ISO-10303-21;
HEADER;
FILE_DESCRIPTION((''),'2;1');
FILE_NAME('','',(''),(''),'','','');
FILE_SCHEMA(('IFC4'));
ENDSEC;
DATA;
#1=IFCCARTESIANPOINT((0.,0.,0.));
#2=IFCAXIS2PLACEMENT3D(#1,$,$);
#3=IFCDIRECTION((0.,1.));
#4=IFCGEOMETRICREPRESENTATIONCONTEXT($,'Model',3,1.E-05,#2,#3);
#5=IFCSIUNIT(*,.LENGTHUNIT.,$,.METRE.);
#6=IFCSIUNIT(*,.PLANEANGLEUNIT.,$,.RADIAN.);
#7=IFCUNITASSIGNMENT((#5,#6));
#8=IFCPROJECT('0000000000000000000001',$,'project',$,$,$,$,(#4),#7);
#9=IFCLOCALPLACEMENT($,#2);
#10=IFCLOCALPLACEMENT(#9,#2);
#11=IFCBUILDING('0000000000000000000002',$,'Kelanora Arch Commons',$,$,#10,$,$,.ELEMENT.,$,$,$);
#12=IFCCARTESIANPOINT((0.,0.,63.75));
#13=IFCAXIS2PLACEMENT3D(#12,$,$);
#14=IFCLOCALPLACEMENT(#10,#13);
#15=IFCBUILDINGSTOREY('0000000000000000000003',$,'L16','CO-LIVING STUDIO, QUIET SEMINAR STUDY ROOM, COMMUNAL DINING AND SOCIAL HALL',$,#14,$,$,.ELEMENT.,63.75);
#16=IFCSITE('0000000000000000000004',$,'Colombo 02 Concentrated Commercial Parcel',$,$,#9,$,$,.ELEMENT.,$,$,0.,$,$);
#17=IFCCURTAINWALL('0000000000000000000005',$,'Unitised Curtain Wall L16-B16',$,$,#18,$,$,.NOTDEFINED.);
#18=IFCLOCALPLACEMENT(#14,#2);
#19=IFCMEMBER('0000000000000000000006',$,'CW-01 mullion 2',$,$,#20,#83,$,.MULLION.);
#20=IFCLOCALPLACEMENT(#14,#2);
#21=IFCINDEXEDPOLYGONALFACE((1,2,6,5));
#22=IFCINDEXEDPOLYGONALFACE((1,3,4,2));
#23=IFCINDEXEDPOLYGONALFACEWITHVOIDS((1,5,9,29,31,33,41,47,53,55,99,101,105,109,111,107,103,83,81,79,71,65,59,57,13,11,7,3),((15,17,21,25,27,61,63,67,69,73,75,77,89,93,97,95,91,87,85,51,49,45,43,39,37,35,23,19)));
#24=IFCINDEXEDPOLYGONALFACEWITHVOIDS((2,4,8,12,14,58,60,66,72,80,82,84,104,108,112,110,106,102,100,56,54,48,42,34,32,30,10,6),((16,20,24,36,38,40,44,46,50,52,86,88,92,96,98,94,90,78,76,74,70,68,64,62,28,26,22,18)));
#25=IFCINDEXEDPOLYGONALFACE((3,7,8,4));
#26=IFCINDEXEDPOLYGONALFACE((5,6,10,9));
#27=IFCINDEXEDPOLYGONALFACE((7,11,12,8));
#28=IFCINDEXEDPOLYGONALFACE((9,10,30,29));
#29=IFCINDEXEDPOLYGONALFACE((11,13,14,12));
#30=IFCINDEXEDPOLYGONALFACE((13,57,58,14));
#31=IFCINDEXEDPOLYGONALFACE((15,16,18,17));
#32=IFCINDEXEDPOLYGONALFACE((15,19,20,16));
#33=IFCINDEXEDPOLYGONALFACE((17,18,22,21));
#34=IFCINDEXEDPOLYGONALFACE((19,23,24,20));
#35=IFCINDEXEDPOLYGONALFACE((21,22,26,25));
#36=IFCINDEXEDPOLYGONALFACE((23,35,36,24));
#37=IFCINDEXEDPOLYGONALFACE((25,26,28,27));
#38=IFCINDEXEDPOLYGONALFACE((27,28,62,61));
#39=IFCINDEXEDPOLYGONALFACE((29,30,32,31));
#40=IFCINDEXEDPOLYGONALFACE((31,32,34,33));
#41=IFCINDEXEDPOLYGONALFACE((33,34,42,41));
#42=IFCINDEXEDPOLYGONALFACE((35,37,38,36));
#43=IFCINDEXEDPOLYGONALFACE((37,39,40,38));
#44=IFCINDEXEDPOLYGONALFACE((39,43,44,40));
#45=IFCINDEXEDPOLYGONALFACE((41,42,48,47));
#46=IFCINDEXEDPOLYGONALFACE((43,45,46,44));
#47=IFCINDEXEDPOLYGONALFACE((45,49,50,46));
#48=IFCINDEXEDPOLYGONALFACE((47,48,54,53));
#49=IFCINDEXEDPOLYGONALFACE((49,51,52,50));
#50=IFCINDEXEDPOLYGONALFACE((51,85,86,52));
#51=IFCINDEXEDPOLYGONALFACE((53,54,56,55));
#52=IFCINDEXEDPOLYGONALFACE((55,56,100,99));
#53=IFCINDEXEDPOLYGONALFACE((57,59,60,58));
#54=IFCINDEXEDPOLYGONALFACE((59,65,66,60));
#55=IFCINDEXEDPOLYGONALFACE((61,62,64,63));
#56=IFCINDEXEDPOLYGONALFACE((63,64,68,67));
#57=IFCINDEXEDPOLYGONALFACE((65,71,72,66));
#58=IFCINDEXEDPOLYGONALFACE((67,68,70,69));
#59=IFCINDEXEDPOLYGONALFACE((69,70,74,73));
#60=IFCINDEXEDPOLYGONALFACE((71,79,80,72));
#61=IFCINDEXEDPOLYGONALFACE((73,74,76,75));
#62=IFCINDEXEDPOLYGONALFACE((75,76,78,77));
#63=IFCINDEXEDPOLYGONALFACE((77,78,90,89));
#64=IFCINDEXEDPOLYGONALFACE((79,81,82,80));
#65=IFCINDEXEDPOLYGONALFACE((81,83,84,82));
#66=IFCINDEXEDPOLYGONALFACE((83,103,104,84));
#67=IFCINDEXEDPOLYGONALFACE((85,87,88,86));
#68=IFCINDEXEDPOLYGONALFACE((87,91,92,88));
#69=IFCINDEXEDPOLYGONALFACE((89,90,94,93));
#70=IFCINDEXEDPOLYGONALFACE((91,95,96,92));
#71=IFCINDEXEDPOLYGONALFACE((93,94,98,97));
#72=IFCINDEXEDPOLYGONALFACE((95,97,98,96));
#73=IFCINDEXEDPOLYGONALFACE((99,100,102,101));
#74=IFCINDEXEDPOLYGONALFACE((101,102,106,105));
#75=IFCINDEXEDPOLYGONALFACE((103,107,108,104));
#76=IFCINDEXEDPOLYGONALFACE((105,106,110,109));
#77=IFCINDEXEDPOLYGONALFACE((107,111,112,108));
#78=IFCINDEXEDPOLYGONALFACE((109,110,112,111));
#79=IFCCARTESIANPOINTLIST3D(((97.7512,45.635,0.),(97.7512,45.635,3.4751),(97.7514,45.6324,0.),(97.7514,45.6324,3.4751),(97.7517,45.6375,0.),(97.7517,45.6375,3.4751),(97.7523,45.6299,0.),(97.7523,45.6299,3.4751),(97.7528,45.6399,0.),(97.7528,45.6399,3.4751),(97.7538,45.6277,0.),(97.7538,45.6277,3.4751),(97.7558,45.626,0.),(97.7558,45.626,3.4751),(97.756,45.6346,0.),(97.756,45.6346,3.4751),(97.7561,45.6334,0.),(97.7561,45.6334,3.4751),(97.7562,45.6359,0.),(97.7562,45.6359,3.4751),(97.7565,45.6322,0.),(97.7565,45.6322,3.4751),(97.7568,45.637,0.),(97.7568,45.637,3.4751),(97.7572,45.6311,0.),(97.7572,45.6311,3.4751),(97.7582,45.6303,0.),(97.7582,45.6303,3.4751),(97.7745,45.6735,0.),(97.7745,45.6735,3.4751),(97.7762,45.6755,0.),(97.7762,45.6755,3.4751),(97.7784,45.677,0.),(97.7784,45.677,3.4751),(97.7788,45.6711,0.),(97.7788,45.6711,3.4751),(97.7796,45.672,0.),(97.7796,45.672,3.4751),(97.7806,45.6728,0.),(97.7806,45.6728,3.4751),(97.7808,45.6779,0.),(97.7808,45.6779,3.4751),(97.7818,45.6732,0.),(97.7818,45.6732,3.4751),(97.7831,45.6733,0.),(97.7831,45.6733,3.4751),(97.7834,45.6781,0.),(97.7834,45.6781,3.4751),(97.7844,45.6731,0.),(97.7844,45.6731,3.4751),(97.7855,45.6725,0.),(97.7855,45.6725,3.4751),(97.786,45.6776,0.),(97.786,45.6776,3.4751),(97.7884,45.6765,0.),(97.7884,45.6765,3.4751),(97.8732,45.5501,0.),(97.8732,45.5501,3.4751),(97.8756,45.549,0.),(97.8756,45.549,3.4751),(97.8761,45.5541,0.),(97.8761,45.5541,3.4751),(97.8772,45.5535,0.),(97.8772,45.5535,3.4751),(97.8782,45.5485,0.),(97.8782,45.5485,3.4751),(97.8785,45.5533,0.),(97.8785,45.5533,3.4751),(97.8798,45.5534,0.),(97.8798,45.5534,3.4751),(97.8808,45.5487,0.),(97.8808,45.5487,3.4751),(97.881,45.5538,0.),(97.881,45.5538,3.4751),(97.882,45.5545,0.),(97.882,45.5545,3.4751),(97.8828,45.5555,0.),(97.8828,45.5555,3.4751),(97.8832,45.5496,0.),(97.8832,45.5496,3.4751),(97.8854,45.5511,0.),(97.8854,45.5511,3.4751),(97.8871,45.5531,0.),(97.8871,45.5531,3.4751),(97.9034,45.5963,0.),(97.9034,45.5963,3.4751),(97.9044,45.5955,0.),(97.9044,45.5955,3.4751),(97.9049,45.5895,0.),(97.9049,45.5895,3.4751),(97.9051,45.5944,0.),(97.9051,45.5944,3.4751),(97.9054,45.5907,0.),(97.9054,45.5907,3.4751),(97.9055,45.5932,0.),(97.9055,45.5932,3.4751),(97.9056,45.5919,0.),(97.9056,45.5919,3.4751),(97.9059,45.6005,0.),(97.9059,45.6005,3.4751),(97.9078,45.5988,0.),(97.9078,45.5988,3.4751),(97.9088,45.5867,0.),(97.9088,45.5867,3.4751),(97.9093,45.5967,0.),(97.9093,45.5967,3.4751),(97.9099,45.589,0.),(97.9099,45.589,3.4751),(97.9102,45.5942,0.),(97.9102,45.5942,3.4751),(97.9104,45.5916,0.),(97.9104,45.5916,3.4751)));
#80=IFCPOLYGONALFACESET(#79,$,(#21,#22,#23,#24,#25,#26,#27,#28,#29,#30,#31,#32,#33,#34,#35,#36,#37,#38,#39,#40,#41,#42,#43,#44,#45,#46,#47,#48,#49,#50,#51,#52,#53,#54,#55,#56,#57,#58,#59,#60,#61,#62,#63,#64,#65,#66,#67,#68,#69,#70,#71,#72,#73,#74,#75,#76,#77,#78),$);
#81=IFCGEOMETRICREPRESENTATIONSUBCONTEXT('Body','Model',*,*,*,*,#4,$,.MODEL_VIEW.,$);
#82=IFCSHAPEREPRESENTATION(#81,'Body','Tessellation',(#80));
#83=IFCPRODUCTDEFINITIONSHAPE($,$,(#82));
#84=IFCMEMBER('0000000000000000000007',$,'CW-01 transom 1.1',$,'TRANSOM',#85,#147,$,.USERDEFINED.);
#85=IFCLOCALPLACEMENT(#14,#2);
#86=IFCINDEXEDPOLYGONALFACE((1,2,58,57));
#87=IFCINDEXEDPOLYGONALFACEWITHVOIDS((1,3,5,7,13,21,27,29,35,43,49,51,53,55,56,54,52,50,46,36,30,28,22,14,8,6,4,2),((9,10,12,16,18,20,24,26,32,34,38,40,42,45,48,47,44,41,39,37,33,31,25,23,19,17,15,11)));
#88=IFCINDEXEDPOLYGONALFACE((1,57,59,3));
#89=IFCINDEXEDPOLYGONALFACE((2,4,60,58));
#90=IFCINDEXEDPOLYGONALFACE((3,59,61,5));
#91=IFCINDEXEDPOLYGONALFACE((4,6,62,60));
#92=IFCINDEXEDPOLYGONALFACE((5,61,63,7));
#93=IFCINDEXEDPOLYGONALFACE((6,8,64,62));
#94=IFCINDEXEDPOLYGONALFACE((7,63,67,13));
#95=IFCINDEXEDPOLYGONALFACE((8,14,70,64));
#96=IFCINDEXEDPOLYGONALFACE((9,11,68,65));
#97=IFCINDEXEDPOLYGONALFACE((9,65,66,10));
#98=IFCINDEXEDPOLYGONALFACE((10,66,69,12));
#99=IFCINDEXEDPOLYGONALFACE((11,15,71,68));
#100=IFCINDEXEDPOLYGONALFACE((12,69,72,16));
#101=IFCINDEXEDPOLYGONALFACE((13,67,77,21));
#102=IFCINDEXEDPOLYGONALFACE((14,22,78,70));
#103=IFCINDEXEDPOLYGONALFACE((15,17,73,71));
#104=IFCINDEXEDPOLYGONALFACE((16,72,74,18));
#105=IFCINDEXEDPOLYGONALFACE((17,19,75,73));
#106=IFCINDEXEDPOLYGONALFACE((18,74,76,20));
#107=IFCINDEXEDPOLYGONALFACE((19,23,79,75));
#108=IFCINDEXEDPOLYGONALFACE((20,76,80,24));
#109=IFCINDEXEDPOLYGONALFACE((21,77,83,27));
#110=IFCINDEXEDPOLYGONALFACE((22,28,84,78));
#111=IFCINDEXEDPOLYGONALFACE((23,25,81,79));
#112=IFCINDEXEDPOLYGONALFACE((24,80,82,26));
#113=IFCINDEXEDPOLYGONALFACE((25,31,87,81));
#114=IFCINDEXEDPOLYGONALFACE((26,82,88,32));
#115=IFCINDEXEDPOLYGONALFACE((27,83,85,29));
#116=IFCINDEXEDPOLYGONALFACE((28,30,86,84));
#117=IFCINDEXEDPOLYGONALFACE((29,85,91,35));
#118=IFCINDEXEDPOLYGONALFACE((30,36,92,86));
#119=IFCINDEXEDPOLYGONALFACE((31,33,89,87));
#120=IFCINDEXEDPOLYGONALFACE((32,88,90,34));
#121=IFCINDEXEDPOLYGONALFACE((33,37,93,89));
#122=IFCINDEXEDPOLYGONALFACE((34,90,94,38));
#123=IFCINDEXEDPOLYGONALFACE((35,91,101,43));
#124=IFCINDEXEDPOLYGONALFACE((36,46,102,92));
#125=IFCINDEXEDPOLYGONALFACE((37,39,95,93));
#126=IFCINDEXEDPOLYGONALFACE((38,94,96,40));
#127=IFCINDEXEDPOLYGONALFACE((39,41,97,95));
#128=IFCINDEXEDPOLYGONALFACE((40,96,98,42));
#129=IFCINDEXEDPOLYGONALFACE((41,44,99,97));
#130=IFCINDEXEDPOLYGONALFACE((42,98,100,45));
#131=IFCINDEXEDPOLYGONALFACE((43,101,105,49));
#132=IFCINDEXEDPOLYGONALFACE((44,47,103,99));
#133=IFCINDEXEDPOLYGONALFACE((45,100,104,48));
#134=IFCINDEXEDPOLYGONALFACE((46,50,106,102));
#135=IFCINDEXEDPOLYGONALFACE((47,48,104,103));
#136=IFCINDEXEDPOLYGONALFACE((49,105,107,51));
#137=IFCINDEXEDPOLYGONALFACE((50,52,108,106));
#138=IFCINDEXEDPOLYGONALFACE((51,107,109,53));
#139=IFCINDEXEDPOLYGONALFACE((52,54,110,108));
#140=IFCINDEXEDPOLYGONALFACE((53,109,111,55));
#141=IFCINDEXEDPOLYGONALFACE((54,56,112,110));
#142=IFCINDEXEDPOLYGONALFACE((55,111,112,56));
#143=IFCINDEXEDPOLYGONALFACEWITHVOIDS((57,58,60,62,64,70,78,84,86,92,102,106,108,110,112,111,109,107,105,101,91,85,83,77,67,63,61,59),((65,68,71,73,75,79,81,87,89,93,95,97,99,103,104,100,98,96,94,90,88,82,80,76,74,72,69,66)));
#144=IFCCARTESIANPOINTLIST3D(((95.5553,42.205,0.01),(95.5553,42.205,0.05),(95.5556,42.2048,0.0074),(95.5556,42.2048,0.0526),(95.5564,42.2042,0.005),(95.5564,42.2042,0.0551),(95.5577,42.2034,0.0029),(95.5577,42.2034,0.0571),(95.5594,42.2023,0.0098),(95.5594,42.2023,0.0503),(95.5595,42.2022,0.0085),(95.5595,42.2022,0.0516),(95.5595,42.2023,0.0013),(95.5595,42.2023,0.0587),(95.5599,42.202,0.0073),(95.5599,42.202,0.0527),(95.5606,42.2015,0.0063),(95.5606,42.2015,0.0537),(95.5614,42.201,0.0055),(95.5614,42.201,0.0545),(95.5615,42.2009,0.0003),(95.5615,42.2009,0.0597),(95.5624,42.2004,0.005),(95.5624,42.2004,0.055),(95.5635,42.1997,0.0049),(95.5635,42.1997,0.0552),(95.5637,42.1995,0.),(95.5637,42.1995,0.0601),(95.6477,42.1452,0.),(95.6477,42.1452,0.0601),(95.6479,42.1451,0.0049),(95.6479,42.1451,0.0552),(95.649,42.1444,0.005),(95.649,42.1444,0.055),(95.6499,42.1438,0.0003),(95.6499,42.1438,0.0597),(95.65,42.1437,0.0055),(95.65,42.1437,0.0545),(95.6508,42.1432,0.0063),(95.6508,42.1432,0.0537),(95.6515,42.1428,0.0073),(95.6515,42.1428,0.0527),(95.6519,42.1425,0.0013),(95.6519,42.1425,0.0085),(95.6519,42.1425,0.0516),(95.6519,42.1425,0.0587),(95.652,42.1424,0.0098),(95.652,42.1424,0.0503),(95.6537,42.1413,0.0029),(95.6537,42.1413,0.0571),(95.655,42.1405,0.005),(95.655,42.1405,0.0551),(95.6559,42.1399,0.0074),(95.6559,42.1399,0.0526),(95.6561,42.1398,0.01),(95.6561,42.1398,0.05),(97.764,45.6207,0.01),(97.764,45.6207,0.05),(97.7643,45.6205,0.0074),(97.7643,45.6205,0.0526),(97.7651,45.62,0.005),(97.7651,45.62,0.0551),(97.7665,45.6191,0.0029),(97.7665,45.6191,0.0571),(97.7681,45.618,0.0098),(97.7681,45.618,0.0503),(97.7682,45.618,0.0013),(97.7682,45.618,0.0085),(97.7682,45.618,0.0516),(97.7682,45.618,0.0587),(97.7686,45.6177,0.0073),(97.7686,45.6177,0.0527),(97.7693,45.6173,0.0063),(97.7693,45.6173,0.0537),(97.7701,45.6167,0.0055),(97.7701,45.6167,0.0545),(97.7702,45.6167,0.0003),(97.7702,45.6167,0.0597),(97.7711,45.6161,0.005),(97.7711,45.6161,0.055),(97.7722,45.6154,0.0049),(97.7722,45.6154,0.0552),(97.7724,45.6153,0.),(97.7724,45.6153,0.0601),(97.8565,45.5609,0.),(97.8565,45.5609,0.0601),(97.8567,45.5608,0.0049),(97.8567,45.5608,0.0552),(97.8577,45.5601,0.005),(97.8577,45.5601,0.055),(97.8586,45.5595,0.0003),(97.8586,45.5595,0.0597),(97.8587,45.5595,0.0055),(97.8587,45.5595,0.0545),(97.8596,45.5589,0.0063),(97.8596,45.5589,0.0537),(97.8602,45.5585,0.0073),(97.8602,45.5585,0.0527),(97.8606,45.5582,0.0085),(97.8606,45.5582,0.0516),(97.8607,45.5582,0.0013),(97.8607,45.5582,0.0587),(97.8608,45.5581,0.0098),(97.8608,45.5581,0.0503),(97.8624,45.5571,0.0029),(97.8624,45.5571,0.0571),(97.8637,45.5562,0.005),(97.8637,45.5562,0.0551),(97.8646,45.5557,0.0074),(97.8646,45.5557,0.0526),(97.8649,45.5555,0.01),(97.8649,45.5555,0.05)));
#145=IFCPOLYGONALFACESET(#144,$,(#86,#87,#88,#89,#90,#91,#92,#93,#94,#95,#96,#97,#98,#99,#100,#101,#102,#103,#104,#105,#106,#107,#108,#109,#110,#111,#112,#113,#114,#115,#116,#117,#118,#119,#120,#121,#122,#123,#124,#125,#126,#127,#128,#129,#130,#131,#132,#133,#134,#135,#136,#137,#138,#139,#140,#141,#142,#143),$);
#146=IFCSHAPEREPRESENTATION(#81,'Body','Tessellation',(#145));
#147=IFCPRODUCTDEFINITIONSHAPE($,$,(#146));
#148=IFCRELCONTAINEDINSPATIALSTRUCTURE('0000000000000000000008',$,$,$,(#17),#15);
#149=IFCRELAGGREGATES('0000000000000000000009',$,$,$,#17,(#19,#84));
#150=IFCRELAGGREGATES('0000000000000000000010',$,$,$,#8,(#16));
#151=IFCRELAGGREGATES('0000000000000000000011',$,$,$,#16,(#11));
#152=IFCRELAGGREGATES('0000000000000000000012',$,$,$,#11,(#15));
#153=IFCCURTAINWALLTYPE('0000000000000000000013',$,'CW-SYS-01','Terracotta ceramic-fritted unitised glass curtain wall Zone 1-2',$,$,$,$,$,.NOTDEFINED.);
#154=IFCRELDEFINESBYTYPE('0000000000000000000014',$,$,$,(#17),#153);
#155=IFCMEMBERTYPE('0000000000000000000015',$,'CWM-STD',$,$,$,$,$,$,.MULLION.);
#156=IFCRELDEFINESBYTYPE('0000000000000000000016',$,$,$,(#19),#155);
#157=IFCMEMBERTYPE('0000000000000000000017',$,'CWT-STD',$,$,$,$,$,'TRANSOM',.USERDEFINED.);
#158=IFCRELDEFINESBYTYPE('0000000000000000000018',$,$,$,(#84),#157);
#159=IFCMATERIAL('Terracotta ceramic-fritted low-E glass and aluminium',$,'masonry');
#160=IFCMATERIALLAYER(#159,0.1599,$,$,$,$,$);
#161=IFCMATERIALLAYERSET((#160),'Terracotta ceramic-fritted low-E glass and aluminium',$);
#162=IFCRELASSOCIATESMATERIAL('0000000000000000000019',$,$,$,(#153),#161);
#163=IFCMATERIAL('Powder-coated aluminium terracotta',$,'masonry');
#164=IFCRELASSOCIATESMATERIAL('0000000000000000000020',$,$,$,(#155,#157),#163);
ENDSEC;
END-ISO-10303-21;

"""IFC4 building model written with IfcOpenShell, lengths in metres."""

from ifc_helpers import new_model, si_unit, direction, frame, origin, origin_2d, place, context, subcontext, project, spatial, hollow_rectangle, extrude, material, layer, layer_set, material_profile, profile_set, type_object, element, aggregate, save


model = new_model("IFC4")

# Units and contexts
model_context = context("Model", 3, precision=1e-05, world=origin(), true_north=direction((0.0, 1.0)))
body_context = subcontext(model_context, "Body", "Model", "MODEL_VIEW")
ifc_project = project(units=[si_unit("LENGTHUNIT", "METRE"), si_unit("PLANEANGLEUNIT", "RADIAN")], contexts=[model_context])

# Site, building, storey
site_placement = place(None, origin())
site = spatial("IfcSite", under=ifc_project, at=site_placement, Name="Colombo 02 Concentrated Commercial Parcel", CompositionType="ELEMENT", RefElevation=0.0)
building_placement = place(site_placement, origin())
building = spatial("IfcBuilding", under=site, at=building_placement, Name="Kelanora Arch Commons", CompositionType="ELEMENT")
storey_placement = place(building_placement, frame((0.0, 0.0, 63.75)))
storey = spatial("IfcBuildingStorey", under=building, at=storey_placement, Name="L16", Description="CO-LIVING STUDIO, QUIET SEMINAR STUDY ROOM, COMMUNAL DINING AND SOCIAL HALL", CompositionType="ELEMENT", Elevation=63.75)

# Shared definitions
ifc_material_1 = material(Name="Terracotta ceramic-fritted low-E glass and aluminium", Category="masonry")
ifc_layer_1 = layer(ifc_material_1, 0.1599)
ifc_layer_set_1 = layer_set([ifc_layer_1], Name="Terracotta ceramic-fritted low-E glass and aluminium")
curtain_wall_type = type_object("IfcCurtainWallType", Name="CW-SYS-01", Description="Terracotta ceramic-fritted unitised glass curtain wall Zone 1-2", PredefinedType="NOTDEFINED", material=ifc_layer_set_1)
ifc_material_2 = material(Name="Powder-coated aluminium terracotta", Category="masonry")
ifc_material_profile_1 = material_profile(ifc_material_2, hollow_rectangle(XDim=0.1599, YDim=0.0601, WallThickness=0.0049, InnerFilletRadius=0.0049, OuterFilletRadius=0.01, at=origin_2d()), Name="CWM160x60")
ifc_profile_set_1 = profile_set([ifc_material_profile_1], Name="Powder-coated aluminium terracotta")
member_type_1 = type_object("IfcMemberType", Name="CWM-STD", PredefinedType="MULLION", material=ifc_profile_set_1)

# Curtain wall, members
curtain_wall_1_placement = place(storey_placement, origin())
curtain_wall_1 = element("IfcCurtainWall", 1, at=curtain_wall_1_placement, inside=storey, type_object=curtain_wall_type, Name="Unitised Curtain Wall L16-B16", PredefinedType="NOTDEFINED")
member_1_placement = place(storey_placement, frame((97.8308, 45.6133, 0.0), z_axis=(0.0, 0.0, 1.0), x_axis=(-0.83973, 0.543004, 0.0)))
member_1 = element("IfcMember", 2, at=member_1_placement, type_object=member_type_1, Name="CW-01 mullion 2", PredefinedType="MULLION", context=body_context, shape_type="SweptSolid", body=[
    extrude(hollow_rectangle(XDim=0.1599, YDim=0.0601, WallThickness=0.0049, InnerFilletRadius=0.0049, OuterFilletRadius=0.01, at=origin_2d()), origin(), (0.0, 0.0, 1.0), 3.4751),
])
ifc_material_profile_2 = material_profile(ifc_material_2, hollow_rectangle(XDim=0.1201, YDim=0.0601, WallThickness=0.0049, InnerFilletRadius=0.0049, OuterFilletRadius=0.01, at=origin_2d()), Name="CWT120x60")
ifc_profile_set_2 = profile_set([ifc_material_profile_2], Name="Powder-coated aluminium terracotta")
member_type_2 = type_object("IfcMemberType", Name="CWT-STD", ElementType="TRANSOM", PredefinedType="USERDEFINED", material=ifc_profile_set_2)
member_2_placement = place(storey_placement, frame((95.6057, 42.1724, 0.03), z_axis=(0.542997, 0.839734, 0.0), x_axis=(-0.839734, 0.542997, 0.0)))
member_2 = element("IfcMember", 3, at=member_2_placement, type_object=member_type_2, Name="CW-01 transom 1.1", ObjectType="TRANSOM", PredefinedType="USERDEFINED", context=body_context, shape_type="SweptSolid", body=[
    extrude(hollow_rectangle(XDim=0.1201, YDim=0.0601, WallThickness=0.0049, InnerFilletRadius=0.0049, OuterFilletRadius=0.01, at=origin_2d()), origin(), (0.0, 0.0, 1.0), 4.0676),
])

aggregate(curtain_wall_1, [member_1, member_2])

save(model, "model.ifc")
